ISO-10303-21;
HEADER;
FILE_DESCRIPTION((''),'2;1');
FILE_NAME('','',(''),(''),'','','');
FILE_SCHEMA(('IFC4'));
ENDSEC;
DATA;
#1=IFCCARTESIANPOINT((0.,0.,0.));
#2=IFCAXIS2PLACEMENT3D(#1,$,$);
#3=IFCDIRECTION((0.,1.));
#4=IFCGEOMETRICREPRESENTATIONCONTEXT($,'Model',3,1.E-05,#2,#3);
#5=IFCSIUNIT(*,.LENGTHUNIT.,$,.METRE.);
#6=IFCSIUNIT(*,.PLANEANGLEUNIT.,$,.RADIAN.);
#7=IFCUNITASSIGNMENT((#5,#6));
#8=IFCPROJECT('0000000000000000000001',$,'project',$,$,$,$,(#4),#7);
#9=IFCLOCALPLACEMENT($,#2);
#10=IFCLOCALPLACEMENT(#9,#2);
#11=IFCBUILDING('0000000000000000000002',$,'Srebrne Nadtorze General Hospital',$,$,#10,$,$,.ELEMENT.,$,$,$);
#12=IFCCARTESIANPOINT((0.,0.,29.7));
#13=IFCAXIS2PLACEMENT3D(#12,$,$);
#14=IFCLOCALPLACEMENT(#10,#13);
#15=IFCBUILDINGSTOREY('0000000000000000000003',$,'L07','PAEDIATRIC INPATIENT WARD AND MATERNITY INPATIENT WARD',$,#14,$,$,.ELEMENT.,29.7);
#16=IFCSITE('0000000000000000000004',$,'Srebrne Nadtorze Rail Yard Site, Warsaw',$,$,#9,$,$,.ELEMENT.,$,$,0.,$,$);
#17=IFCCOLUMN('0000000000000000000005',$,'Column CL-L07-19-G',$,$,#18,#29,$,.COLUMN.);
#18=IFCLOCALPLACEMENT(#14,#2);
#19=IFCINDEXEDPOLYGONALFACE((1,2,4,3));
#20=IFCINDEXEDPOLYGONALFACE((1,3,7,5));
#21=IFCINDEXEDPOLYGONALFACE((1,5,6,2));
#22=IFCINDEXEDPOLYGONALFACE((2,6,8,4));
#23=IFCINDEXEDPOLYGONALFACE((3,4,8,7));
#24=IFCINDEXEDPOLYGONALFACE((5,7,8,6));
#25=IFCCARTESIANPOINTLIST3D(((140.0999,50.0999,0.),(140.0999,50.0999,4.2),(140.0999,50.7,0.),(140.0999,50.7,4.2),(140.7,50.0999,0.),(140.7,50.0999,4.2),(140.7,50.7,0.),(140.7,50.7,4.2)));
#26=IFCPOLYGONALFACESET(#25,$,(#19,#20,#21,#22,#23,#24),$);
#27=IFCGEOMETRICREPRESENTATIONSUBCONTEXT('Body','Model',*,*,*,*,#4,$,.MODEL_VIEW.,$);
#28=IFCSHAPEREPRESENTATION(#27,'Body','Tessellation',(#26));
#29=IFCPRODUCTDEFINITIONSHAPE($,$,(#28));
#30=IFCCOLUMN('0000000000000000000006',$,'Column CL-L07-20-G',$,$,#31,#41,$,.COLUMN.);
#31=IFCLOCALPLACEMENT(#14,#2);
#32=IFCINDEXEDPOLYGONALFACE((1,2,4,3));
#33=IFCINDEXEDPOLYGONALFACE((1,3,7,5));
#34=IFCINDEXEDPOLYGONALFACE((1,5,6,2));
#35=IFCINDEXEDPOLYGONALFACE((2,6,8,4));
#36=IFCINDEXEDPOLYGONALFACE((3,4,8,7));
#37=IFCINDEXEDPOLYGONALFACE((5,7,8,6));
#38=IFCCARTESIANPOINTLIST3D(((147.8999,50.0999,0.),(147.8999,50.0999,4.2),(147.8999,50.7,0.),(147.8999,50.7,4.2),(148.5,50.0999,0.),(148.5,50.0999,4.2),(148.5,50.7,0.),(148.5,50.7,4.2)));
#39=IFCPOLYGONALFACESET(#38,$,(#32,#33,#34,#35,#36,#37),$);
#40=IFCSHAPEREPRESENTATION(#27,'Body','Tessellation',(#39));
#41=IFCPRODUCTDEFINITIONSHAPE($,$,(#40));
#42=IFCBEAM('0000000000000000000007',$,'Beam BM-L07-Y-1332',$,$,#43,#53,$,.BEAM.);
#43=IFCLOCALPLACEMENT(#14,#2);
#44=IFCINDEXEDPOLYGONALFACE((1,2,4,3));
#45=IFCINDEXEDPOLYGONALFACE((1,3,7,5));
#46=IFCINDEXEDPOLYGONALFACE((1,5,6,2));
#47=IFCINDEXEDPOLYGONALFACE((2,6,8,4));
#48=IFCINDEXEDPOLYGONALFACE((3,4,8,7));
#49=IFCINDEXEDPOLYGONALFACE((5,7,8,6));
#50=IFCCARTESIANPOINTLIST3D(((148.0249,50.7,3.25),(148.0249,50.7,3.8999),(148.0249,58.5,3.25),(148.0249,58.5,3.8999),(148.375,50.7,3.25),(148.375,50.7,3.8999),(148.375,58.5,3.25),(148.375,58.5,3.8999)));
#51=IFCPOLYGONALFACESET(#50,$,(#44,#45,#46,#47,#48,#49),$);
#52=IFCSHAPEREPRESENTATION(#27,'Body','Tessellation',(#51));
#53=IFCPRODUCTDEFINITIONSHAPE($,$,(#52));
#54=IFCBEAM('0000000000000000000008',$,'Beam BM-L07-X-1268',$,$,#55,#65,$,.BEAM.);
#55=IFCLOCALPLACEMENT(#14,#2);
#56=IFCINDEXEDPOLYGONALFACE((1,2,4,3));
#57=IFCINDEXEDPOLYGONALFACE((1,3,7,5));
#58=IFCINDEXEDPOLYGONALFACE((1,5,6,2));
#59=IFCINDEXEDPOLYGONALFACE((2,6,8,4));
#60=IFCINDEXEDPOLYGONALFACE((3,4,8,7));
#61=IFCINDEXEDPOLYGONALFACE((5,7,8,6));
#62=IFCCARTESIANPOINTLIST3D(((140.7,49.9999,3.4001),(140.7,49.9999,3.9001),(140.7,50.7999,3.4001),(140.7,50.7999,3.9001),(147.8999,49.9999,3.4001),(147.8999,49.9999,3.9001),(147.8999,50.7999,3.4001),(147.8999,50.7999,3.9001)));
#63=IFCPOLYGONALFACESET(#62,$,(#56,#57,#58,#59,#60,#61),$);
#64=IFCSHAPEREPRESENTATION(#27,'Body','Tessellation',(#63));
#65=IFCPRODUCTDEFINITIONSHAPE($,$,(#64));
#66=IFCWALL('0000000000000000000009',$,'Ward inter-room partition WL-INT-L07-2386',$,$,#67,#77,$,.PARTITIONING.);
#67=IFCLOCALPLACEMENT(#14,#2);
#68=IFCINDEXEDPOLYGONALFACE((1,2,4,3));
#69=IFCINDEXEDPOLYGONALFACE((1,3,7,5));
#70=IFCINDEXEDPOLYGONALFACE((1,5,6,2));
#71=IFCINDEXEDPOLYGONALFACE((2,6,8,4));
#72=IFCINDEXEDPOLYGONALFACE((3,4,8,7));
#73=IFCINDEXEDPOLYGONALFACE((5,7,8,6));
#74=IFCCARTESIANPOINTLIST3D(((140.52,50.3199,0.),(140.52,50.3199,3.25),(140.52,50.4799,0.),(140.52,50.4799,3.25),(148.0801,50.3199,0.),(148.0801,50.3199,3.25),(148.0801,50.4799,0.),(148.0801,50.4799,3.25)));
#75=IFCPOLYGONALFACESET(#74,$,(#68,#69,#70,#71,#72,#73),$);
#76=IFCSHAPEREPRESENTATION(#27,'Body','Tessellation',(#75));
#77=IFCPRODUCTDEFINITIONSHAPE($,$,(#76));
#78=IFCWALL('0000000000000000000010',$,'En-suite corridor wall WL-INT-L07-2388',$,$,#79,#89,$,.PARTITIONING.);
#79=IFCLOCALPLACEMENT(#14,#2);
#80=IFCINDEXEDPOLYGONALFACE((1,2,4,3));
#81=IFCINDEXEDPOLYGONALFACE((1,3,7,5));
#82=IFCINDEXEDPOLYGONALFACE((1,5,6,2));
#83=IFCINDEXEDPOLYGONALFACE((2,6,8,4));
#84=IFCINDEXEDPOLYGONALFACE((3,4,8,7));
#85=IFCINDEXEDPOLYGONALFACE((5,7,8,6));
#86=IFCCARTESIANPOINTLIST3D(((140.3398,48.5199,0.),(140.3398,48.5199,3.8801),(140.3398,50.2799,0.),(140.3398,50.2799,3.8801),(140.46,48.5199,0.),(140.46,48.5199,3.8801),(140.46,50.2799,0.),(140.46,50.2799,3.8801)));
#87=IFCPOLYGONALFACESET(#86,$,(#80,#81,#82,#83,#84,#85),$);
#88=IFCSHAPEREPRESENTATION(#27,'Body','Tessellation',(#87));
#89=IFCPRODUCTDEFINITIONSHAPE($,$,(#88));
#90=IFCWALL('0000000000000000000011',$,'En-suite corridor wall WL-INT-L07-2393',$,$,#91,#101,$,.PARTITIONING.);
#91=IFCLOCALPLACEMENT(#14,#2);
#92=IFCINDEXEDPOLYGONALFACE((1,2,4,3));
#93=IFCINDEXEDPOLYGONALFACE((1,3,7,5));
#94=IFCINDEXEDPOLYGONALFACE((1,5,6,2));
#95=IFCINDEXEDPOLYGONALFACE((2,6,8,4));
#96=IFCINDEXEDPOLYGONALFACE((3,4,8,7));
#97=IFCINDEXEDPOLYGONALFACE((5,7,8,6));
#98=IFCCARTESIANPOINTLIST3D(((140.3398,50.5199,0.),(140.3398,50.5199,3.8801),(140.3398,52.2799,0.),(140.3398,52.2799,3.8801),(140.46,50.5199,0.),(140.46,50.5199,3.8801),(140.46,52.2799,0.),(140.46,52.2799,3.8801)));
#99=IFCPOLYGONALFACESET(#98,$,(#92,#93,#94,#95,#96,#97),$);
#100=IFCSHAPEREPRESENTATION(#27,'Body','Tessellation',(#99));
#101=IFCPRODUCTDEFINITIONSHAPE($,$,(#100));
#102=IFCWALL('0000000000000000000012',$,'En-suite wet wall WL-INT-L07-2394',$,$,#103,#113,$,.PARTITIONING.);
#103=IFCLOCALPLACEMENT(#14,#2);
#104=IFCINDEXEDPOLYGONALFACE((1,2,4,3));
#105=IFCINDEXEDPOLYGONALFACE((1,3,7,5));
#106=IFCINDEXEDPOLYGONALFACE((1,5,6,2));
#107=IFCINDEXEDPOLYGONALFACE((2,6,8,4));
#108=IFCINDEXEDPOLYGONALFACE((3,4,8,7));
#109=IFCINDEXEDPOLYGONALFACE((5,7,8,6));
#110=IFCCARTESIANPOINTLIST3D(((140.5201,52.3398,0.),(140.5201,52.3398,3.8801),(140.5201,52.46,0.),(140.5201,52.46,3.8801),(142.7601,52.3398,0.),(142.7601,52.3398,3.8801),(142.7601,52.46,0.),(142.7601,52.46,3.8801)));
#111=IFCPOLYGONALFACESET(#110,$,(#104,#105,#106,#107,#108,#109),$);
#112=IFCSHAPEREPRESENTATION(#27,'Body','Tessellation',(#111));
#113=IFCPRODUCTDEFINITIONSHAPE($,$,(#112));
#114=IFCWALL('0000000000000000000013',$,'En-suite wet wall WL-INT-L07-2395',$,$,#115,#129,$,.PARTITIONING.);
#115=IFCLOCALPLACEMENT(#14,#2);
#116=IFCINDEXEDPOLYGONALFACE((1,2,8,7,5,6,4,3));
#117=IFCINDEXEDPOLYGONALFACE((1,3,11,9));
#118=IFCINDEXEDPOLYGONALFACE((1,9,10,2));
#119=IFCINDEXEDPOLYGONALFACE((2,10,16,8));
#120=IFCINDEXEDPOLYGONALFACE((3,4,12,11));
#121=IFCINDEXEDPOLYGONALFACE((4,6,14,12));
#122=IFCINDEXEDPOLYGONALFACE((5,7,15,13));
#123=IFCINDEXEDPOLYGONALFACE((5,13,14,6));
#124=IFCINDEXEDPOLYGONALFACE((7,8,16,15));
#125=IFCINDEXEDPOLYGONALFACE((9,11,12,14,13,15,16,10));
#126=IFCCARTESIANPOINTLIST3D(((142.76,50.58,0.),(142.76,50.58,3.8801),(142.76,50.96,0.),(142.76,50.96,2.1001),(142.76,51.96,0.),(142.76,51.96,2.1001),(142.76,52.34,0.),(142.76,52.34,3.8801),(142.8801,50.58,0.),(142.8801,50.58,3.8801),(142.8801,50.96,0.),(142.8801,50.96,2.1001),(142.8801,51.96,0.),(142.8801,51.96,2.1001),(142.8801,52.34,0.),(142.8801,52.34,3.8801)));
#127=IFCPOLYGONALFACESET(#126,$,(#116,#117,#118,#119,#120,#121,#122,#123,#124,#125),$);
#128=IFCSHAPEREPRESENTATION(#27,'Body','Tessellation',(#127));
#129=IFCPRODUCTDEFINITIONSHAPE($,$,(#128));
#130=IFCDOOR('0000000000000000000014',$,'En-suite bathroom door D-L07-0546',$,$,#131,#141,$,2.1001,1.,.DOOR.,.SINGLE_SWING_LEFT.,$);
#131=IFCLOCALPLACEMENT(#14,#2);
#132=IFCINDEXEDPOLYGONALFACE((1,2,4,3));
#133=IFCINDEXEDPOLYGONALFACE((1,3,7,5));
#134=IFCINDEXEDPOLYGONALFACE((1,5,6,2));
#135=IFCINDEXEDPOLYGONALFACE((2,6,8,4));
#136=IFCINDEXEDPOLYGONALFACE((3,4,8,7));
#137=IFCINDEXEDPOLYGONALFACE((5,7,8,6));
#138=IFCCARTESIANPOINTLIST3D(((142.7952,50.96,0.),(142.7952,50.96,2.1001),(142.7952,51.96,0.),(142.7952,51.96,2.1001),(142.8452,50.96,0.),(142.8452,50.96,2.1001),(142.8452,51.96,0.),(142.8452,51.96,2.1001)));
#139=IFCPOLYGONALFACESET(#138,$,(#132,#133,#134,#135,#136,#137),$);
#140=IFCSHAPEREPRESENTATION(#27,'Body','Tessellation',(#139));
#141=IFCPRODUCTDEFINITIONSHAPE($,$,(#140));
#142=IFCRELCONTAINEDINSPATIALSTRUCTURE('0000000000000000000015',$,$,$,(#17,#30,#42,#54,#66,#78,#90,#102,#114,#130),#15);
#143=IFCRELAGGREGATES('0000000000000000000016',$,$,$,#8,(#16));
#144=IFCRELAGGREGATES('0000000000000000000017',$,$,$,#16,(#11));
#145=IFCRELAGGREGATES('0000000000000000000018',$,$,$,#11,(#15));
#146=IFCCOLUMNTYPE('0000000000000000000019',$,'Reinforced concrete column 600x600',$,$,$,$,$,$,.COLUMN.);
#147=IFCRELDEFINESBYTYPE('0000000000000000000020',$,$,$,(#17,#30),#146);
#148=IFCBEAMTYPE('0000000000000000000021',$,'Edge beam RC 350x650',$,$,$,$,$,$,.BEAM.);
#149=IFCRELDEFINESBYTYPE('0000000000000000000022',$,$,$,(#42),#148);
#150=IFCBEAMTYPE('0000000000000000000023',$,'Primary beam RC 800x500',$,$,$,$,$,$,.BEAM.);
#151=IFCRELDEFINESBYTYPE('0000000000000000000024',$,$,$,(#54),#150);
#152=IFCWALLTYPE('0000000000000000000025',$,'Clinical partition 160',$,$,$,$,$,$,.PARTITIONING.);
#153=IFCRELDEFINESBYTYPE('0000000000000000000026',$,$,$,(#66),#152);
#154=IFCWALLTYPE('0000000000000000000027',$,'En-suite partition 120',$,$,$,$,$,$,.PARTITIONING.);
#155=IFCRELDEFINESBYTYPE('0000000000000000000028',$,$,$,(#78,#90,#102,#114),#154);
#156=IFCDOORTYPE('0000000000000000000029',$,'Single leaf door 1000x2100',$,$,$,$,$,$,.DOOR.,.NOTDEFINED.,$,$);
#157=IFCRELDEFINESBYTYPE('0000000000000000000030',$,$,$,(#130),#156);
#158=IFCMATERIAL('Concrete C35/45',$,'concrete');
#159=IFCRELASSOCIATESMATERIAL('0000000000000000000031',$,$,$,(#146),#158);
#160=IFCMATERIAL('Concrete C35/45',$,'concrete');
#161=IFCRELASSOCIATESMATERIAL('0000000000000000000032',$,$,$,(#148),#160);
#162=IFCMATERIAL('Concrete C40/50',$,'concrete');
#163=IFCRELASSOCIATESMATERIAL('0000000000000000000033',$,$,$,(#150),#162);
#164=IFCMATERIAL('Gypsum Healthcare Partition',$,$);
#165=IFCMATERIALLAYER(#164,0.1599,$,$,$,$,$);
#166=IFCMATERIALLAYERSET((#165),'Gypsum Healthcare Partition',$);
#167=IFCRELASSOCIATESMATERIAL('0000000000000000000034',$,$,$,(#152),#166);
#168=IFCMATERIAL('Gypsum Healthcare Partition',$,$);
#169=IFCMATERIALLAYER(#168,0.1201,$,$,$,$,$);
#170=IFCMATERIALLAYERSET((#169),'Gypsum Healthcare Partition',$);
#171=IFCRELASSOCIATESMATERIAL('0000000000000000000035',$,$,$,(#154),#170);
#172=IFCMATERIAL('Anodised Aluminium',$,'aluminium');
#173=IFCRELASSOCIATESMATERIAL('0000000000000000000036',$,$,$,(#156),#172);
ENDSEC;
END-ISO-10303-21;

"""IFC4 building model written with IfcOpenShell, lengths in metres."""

from ifc_helpers import new_model, si_unit, direction, frame, frame_2d, origin, origin_2d, place, context, subcontext, project, spatial, rectangle, extrude, material, layer, layer_set, material_profile, profile_set, type_object, element, fill, save


model = new_model("IFC4")

# Units and contexts
model_context = context("Model", 3, precision=1e-05, world=origin(), true_north=direction((0.0, 1.0)))
body_context = subcontext(model_context, "Body", "Model", "MODEL_VIEW")
ifc_project = project(units=[si_unit("LENGTHUNIT", "METRE"), si_unit("PLANEANGLEUNIT", "RADIAN")], contexts=[model_context])

# Site, building, storey
site_placement = place(None, origin())
site = spatial("IfcSite", under=ifc_project, at=site_placement, Name="Srebrne Nadtorze Rail Yard Site, Warsaw", CompositionType="ELEMENT", RefElevation=0.0)
building_placement = place(site_placement, origin())
building = spatial("IfcBuilding", under=site, at=building_placement, Name="Srebrne Nadtorze General Hospital", CompositionType="ELEMENT")
storey_placement = place(building_placement, frame((0.0, 0.0, 29.7)))
storey = spatial("IfcBuildingStorey", under=building, at=storey_placement, Name="L07", Description="PAEDIATRIC INPATIENT WARD AND MATERNITY INPATIENT WARD", CompositionType="ELEMENT", Elevation=29.7)

# Columns
ifc_material_1 = material(Name="Concrete C35/45", Category="concrete")
ifc_material_profile_1 = material_profile(ifc_material_1, rectangle(XDim=0.6001, YDim=0.6001, at=origin_2d()), Name="RC-COL-600x600")
ifc_profile_set_1 = profile_set([ifc_material_profile_1], Name="Concrete C35/45")
column_type = type_object("IfcColumnType", Name="Reinforced concrete column 600x600", PredefinedType="COLUMN", material=ifc_profile_set_1)
for number, where, z_axis, x_axis, name in (
    (1, (140.3999, 50.3999, 0.0), (0.0, 0.0, 1.0), (1.0, 0.0, 0.0), "Column CL-L07-19-G"),
    (2, (148.2, 50.3999, 0.0), (0.0, 0.0, 1.0), (1.0, 0.0, 0.0), "Column CL-L07-20-G"),
):
    element("IfcColumn", number, at=place(storey_placement, frame(where, z_axis=z_axis, x_axis=x_axis)), inside=storey, type_object=column_type, Name=name, PredefinedType="COLUMN", context=body_context, shape_type="SweptSolid", body=[
        extrude(rectangle(XDim=0.6001, YDim=0.6001, at=origin_2d()), origin(), (0.0, 0.0, 1.0), 4.2),
    ])

# Beams
ifc_material_2 = material(Name="Concrete C35/45", Category="concrete")
ifc_material_profile_2 = material_profile(ifc_material_2, rectangle(XDim=0.3501, YDim=0.6499, at=origin_2d()), Name="RC-BM-350x650")
ifc_profile_set_2 = profile_set([ifc_material_profile_2], Name="Concrete C35/45")
beam_type_1 = type_object("IfcBeamType", Name="Edge beam RC 350x650", PredefinedType="BEAM", material=ifc_profile_set_2)
beam_1_placement = place(storey_placement, frame((148.2, 50.7, 3.575), z_axis=(0.0, 1.0, 0.0), x_axis=(-1.0, 0.0, 0.0)))
element("IfcBeam", 3, at=beam_1_placement, inside=storey, type_object=beam_type_1, Name="Beam BM-L07-Y-1332", PredefinedType="BEAM", context=body_context, shape_type="SweptSolid", body=[
    extrude(rectangle(XDim=0.3501, YDim=0.6499, at=origin_2d()), origin(), (0.0, 0.0, 1.0), 7.8),
])
ifc_material_3 = material(Name="Concrete C40/50", Category="concrete")
ifc_material_profile_3 = material_profile(ifc_material_3, rectangle(XDim=0.8, YDim=0.5, at=origin_2d()), Name="RC-BM-800x500")
ifc_profile_set_3 = profile_set([ifc_material_profile_3], Name="Concrete C40/50")
beam_type_2 = type_object("IfcBeamType", Name="Primary beam RC 800x500", PredefinedType="BEAM", material=ifc_profile_set_3)
beam_2_placement = place(storey_placement, frame((140.7, 50.3999, 3.6501), z_axis=(1.0, 0.0, 0.0), x_axis=(0.0, 1.0, 0.0)))
element("IfcBeam", 4, at=beam_2_placement, inside=storey, type_object=beam_type_2, Name="Beam BM-L07-X-1268", PredefinedType="BEAM", context=body_context, shape_type="SweptSolid", body=[
    extrude(rectangle(XDim=0.8, YDim=0.5, at=origin_2d()), origin(), (0.0, 0.0, 1.0), 7.2),
])

# Wall
ifc_material_4 = material(Name="Gypsum Healthcare Partition")
ifc_layer_1 = layer(ifc_material_4, 0.1599)
ifc_layer_set_1 = layer_set([ifc_layer_1], Name="Gypsum Healthcare Partition")
wall_type_1 = type_object("IfcWallType", Name="Clinical partition 160", PredefinedType="PARTITIONING", material=ifc_layer_set_1)
wall_1_placement = place(storey_placement, frame((140.52, 50.3999, 0.0), z_axis=(0.0, 0.0, 1.0), x_axis=(1.0, 0.0, 0.0)))
element("IfcWall", 5, at=wall_1_placement, inside=storey, type_object=wall_type_1, Name="Ward inter-room partition WL-INT-L07-2386", PredefinedType="PARTITIONING", context=body_context, shape_type="SweptSolid", body=[
    extrude(rectangle(XDim=7.5601, YDim=0.1599, at=frame_2d((3.78, 0.0))), origin(), (0.0, 0.0, 1.0), 3.25),
])

# Walls
ifc_material_5 = material(Name="Gypsum Healthcare Partition")
ifc_layer_2 = layer(ifc_material_5, 0.1201)
ifc_layer_set_2 = layer_set([ifc_layer_2], Name="Gypsum Healthcare Partition")
wall_type_2 = type_object("IfcWallType", Name="En-suite partition 120", PredefinedType="PARTITIONING", material=ifc_layer_set_2)
for number, where, z_axis, x_axis, name in (
    (6, (140.3999, 48.52, 0.0), (0.0, 0.0, 1.0), (0.0, 1.0, 0.0), "En-suite corridor wall WL-INT-L07-2388"),
    (7, (140.3999, 50.52, 0.0), (0.0, 0.0, 1.0), (0.0, 1.0, 0.0), "En-suite corridor wall WL-INT-L07-2393"),
):
    element("IfcWall", number, at=place(storey_placement, frame(where, z_axis=z_axis, x_axis=x_axis)), inside=storey, type_object=wall_type_2, Name=name, PredefinedType="PARTITIONING", context=body_context, shape_type="SweptSolid", body=[
        extrude(rectangle(XDim=1.76, YDim=0.1201, at=frame_2d((0.8799, 0.0))), origin(), (0.0, 0.0, 1.0), 3.8801),
    ])
wall_2_placement = place(storey_placement, frame((140.52, 52.3999, 0.0), z_axis=(0.0, 0.0, 1.0), x_axis=(1.0, 0.0, 0.0)))
element("IfcWall", 8, at=wall_2_placement, inside=storey, type_object=wall_type_2, Name="En-suite wet wall WL-INT-L07-2394", PredefinedType="PARTITIONING", context=body_context, shape_type="SweptSolid", body=[
    extrude(rectangle(XDim=2.24, YDim=0.1201, at=frame_2d((1.1201, 0.0))), origin(), (0.0, 0.0, 1.0), 3.8801),
])

# Wall, opening, door
wall_3_placement = place(storey_placement, frame((142.8201, 50.5801, 0.0), z_axis=(0.0, 0.0, 1.0), x_axis=(0.0, 1.0, 0.0)))
wall_3 = element("IfcWall", 9, at=wall_3_placement, inside=storey, type_object=wall_type_2, Name="En-suite wet wall WL-INT-L07-2395", PredefinedType="PARTITIONING", context=body_context, shape_type="SweptSolid", body=[
    extrude(rectangle(XDim=1.76, YDim=0.1201, at=frame_2d((0.8799, 0.0))), origin(), (0.0, 0.0, 1.0), 3.8801),
])
opening_1_placement = place(wall_3_placement, frame((0.3799, 0.0, 0.0)))
opening_1 = element("IfcOpeningElement", 10, at=opening_1_placement, cuts=wall_3, PredefinedType="OPENING", context=body_context, shape_type="SweptSolid", body=[
    extrude(rectangle(XDim=1.0, YDim=2.1001, at=frame_2d((0.5, 1.05))), frame((0.0, 0.072, 0.0), z_axis=(0.0, -1.0, 0.0), x_axis=(1.0, 0.0, 0.0)), (0.0, 0.0, 1.0), 0.144),
])
ifc_material_6 = material(Name="Anodised Aluminium", Category="aluminium")
door_type_1 = type_object("IfcDoorType", Name="Single leaf door 1000x2100", OperationType="NOTDEFINED", PredefinedType="DOOR", material=ifc_material_6)
door_1_placement = place(opening_1_placement, origin())
door_1 = element("IfcDoor", 11, at=door_1_placement, inside=storey, type_object=door_type_1, Name="En-suite bathroom door D-L07-0546", OperationType="SINGLE_SWING_LEFT", OverallHeight=2.1001, OverallWidth=1.0, PredefinedType="DOOR", context=body_context, shape_type="SweptSolid", body=[
    extrude(rectangle(XDim=1.0, YDim=2.1001, at=frame_2d((0.5, 1.05))), frame((0.0, 0.0249, 0.0), z_axis=(0.0, -1.0, 0.0), x_axis=(1.0, 0.0, 0.0)), (0.0, 0.0, 1.0), 0.05),
])
fill(opening_1, door_1)

save(model, "model.ifc")
